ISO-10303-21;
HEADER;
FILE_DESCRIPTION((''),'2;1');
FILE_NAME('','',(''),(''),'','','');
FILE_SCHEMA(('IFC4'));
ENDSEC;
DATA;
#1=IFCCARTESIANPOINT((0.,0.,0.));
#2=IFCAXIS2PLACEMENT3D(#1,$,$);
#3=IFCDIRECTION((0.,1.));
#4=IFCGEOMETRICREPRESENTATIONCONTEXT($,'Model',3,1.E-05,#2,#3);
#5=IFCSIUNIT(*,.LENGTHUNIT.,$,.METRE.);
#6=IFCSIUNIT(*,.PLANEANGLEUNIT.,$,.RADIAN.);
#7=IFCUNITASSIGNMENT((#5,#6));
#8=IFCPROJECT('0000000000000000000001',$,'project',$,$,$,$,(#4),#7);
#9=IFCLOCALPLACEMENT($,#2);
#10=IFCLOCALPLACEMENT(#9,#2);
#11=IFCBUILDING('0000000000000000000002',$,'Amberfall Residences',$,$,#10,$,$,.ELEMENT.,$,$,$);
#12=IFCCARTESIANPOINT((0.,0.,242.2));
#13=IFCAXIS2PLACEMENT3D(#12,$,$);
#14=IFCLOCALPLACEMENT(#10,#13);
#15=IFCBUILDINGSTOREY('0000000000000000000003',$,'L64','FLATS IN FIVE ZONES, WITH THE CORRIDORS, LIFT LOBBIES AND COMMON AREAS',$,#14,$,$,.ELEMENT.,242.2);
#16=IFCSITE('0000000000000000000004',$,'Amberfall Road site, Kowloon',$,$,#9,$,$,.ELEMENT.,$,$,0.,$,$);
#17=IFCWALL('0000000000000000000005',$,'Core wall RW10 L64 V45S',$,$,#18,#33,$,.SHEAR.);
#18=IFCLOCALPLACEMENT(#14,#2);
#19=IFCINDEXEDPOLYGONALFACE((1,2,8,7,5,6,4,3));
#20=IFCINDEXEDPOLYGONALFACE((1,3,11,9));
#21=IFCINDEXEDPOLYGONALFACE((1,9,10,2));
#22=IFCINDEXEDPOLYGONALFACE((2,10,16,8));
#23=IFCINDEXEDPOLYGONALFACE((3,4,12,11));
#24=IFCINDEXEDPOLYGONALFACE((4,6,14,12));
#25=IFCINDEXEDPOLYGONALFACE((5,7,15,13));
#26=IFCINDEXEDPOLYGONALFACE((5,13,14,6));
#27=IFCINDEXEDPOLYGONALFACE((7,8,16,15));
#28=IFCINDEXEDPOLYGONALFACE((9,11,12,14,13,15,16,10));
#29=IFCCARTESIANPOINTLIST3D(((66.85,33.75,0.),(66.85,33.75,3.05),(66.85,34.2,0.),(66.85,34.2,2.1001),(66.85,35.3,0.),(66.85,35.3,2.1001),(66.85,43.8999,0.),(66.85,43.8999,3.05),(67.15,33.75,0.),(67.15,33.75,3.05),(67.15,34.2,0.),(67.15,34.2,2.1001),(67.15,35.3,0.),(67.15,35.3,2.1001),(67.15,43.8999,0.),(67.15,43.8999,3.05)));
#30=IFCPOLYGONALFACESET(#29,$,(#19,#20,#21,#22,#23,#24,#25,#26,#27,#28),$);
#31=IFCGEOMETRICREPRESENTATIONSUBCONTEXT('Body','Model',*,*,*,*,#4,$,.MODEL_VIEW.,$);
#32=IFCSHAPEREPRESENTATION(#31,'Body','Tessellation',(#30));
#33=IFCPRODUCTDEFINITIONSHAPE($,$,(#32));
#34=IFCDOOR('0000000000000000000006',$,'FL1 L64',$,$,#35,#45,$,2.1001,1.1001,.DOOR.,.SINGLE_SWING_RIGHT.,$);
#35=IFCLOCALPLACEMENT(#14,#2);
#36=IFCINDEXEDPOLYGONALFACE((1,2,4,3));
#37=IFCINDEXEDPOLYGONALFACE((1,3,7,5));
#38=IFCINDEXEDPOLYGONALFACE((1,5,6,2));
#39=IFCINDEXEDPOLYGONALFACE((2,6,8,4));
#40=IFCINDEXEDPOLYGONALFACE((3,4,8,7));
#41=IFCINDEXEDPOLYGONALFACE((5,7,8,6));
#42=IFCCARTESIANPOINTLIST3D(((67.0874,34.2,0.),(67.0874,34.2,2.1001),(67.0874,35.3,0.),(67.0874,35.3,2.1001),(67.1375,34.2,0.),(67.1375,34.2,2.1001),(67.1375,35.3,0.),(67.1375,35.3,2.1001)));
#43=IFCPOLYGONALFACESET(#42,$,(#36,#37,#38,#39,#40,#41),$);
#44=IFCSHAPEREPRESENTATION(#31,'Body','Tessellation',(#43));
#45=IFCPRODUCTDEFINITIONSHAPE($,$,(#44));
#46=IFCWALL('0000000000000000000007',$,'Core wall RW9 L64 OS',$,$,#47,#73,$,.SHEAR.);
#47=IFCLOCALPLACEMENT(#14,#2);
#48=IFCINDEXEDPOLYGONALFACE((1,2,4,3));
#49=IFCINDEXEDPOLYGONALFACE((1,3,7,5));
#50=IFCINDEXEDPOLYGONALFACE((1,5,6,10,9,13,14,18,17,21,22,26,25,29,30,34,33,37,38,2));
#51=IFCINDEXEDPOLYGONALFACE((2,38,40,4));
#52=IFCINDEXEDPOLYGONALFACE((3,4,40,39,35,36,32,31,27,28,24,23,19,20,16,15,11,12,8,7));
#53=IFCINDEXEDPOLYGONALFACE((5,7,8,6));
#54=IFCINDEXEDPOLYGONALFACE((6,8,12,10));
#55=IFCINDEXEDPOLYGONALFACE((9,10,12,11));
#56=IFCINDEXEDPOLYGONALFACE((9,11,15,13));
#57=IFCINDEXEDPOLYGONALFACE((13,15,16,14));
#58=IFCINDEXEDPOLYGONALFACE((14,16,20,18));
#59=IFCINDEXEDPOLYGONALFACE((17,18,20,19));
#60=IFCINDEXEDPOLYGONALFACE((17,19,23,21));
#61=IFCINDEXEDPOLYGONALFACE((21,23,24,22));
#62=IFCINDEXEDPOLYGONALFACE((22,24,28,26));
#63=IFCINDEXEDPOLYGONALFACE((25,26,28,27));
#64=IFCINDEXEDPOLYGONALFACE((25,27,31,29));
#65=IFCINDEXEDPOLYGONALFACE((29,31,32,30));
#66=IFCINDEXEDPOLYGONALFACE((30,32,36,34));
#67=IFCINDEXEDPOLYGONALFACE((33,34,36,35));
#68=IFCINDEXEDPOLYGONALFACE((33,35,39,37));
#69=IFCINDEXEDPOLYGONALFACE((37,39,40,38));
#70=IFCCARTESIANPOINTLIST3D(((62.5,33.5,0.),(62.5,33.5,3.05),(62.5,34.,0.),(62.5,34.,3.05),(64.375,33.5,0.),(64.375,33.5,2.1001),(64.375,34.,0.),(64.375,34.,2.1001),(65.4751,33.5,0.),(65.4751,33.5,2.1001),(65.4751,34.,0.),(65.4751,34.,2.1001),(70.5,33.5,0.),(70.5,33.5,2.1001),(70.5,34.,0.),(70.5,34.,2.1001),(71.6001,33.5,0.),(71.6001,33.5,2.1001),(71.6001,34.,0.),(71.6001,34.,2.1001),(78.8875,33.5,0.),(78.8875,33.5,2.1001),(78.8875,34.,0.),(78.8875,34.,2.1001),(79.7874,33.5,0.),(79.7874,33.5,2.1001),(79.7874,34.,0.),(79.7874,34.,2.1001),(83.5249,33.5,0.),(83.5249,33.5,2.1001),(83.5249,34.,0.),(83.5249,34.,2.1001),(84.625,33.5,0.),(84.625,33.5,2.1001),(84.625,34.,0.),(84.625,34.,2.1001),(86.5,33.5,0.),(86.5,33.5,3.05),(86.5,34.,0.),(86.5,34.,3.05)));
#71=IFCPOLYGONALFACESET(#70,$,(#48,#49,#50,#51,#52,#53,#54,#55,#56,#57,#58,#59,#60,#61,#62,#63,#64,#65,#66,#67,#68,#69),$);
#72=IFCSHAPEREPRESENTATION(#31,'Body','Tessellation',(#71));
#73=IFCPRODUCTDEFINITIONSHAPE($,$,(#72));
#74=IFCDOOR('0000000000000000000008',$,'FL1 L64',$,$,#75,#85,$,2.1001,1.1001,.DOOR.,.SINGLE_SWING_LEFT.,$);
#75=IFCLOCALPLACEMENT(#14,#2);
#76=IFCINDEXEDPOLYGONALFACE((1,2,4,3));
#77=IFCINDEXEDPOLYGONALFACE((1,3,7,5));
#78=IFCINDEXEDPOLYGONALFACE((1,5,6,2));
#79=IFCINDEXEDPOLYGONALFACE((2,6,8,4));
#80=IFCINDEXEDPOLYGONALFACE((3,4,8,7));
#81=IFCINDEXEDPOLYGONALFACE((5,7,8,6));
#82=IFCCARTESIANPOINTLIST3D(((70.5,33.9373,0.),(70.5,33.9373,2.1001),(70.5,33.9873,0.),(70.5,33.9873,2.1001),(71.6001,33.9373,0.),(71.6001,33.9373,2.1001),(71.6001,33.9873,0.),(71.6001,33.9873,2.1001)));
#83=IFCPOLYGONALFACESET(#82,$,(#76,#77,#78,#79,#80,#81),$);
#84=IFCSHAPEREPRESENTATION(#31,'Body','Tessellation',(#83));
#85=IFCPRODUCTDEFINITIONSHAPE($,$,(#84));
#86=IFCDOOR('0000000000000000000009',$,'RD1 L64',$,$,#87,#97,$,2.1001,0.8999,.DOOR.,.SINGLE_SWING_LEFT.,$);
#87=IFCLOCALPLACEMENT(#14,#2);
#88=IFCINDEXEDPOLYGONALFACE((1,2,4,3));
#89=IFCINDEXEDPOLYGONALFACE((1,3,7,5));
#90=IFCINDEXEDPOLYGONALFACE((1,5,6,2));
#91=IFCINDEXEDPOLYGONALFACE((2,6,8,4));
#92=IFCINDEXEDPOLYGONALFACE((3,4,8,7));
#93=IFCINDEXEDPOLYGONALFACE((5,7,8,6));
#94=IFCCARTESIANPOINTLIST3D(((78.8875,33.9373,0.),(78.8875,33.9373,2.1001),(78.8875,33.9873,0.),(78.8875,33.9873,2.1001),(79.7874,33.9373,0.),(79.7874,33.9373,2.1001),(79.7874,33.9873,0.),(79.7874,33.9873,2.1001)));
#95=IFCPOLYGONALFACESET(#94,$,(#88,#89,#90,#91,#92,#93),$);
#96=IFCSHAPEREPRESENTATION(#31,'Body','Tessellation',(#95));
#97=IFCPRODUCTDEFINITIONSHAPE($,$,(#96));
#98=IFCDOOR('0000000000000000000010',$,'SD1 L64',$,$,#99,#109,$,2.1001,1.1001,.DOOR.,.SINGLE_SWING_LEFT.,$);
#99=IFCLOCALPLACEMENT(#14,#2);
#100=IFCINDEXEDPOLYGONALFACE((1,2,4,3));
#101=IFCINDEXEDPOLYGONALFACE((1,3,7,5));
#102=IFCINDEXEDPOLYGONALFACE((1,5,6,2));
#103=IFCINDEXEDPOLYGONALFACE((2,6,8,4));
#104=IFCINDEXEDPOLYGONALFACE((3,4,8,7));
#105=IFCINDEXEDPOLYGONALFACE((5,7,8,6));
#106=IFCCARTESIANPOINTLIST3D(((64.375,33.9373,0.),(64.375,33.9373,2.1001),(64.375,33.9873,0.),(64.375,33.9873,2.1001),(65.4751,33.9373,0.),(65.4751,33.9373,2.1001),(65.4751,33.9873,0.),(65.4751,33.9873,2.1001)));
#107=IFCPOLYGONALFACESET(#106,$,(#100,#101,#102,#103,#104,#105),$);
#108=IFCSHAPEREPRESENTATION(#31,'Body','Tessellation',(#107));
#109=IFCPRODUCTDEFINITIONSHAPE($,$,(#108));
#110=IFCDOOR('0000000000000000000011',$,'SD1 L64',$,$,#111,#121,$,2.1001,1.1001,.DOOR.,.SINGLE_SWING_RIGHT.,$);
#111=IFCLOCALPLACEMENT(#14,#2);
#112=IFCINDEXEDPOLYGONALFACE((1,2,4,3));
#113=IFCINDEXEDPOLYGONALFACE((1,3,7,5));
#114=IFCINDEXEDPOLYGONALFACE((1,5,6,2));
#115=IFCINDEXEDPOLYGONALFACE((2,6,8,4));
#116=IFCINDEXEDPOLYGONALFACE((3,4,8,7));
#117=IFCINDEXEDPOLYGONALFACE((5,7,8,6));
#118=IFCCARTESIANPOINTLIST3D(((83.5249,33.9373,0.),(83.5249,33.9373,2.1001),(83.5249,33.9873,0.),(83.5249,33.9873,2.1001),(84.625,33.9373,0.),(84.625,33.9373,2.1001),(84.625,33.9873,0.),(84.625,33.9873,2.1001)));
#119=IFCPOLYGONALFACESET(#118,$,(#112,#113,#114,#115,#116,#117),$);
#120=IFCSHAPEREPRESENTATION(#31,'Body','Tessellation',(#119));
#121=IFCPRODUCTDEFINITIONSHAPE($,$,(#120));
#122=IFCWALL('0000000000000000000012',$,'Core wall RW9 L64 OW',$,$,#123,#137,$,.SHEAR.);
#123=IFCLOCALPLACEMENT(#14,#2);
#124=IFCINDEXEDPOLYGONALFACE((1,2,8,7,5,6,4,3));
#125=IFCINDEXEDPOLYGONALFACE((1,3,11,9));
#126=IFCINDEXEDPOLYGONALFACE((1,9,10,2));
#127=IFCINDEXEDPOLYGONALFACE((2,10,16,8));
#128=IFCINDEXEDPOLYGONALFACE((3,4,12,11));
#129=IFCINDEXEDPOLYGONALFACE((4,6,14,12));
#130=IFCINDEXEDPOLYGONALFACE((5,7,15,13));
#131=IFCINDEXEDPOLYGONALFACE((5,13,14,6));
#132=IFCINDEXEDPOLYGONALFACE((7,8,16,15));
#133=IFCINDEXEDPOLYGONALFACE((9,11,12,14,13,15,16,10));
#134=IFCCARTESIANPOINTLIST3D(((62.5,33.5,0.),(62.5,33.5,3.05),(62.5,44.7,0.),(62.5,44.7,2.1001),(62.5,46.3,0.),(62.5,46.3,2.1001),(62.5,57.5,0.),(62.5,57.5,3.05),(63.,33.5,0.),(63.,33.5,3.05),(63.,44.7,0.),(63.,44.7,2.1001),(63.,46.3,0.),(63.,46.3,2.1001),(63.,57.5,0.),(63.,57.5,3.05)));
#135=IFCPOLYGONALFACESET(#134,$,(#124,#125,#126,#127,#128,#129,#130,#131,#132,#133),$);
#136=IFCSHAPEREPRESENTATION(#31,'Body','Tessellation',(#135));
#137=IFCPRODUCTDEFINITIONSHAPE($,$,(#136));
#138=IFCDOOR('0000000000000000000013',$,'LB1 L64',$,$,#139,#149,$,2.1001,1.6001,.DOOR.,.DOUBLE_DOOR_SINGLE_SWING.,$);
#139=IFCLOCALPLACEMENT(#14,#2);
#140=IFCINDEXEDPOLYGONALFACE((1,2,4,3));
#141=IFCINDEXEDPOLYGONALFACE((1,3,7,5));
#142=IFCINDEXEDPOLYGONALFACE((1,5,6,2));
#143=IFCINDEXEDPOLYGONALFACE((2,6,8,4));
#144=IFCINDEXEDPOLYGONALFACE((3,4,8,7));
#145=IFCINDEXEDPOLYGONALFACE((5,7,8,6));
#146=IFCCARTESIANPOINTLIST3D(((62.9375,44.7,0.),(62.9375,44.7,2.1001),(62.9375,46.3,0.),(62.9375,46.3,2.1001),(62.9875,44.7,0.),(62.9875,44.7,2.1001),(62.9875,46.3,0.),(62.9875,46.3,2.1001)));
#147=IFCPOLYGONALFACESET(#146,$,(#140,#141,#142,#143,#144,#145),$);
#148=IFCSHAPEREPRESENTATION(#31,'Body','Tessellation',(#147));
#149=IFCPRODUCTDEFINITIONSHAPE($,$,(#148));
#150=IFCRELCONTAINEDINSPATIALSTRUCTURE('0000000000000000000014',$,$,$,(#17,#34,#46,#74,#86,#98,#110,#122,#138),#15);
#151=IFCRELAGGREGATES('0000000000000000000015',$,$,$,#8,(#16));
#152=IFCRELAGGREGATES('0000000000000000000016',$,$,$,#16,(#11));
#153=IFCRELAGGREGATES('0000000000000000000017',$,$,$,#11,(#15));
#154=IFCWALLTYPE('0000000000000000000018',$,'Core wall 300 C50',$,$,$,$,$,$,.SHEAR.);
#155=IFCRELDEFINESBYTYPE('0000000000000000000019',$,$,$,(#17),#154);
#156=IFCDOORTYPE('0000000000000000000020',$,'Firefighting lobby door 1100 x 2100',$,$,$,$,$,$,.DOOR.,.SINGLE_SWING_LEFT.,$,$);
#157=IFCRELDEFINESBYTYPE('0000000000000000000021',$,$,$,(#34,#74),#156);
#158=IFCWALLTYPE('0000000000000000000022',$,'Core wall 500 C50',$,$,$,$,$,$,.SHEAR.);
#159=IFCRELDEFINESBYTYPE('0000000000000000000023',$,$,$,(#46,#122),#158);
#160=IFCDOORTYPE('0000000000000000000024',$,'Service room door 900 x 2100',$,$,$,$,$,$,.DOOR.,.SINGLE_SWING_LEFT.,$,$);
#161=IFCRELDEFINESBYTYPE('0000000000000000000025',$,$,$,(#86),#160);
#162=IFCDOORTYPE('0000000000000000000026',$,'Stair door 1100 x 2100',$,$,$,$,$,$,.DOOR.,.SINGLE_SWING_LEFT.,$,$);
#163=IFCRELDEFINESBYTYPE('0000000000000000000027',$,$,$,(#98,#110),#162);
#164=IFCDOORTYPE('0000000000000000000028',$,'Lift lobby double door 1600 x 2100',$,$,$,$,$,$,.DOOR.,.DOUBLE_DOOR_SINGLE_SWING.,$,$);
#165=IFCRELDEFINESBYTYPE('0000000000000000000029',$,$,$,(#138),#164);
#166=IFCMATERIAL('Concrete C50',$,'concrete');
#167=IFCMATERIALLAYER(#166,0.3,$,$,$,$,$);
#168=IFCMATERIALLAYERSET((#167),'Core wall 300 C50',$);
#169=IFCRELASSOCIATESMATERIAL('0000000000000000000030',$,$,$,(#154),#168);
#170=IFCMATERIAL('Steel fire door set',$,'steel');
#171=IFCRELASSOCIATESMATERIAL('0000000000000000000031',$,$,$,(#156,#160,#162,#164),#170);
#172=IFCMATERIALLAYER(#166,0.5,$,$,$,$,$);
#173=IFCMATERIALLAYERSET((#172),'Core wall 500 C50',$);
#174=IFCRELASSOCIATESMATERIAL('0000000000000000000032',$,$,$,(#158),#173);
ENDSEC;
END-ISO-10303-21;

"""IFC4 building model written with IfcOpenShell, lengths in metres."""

from ifc_helpers import new_model, si_unit, direction, frame, frame_2d, origin, place, context, subcontext, project, spatial, rectangle, extrude, material, layer, layer_set, type_object, element, fill, save


model = new_model("IFC4")

# Units and contexts
model_context = context("Model", 3, precision=1e-05, world=origin(), true_north=direction((0.0, 1.0)))
body_context = subcontext(model_context, "Body", "Model", "MODEL_VIEW")
ifc_project = project(units=[si_unit("LENGTHUNIT", "METRE"), si_unit("PLANEANGLEUNIT", "RADIAN")], contexts=[model_context])

# Site, building, storey
site_placement = place(None, origin())
site = spatial("IfcSite", under=ifc_project, at=site_placement, Name="Amberfall Road site, Kowloon", CompositionType="ELEMENT", RefElevation=0.0)
building_placement = place(site_placement, origin())
building = spatial("IfcBuilding", under=site, at=building_placement, Name="Amberfall Residences", CompositionType="ELEMENT")
storey_placement = place(building_placement, frame((0.0, 0.0, 242.2)))
storey = spatial("IfcBuildingStorey", under=building, at=storey_placement, Name="L64", Description="FLATS IN FIVE ZONES, WITH THE CORRIDORS, LIFT LOBBIES AND COMMON AREAS", CompositionType="ELEMENT", Elevation=242.2)

# Wall, opening, door
ifc_material_1 = material(Name="Concrete C50", Category="concrete")
ifc_layer_1 = layer(ifc_material_1, 0.3)
ifc_layer_set_1 = layer_set([ifc_layer_1], Name="Core wall 300 C50")
wall_type_1 = type_object("IfcWallType", Name="Core wall 300 C50", PredefinedType="SHEAR", material=ifc_layer_set_1)
wall_1_placement = place(storey_placement, frame((67.0, 33.75, 0.0), z_axis=(0.0, 0.0, 1.0), x_axis=(0.0, 1.0, 0.0)))
wall_1 = element("IfcWall", 1, at=wall_1_placement, inside=storey, type_object=wall_type_1, Name="Core wall RW10 L64 V45S", PredefinedType="SHEAR", context=body_context, shape_type="SweptSolid", body=[
    extrude(rectangle(XDim=10.1499, YDim=0.3, at=frame_2d((5.075, 0.0))), origin(), (0.0, 0.0, 1.0), 3.05),
])
opening_1_placement = place(wall_1_placement, frame((0.45, 0.0, 0.0)))
opening_1 = element("IfcOpeningElement", 2, at=opening_1_placement, cuts=wall_1, PredefinedType="OPENING", context=body_context, shape_type="SweptSolid", body=[
    extrude(rectangle(XDim=1.1001, YDim=2.1001, at=frame_2d((0.55, 1.05))), frame((0.0, 0.1599, 0.0), z_axis=(0.0, -1.0, 0.0), x_axis=(1.0, 0.0, 0.0)), (0.0, 0.0, 1.0), 0.3201),
])
ifc_material_2 = material(Name="Steel fire door set", Category="steel")
door_type_1 = type_object("IfcDoorType", Name="Firefighting lobby door 1100 x 2100", OperationType="SINGLE_SWING_LEFT", PredefinedType="DOOR", material=ifc_material_2)
door_1_placement = place(opening_1_placement, origin())
door_1 = element("IfcDoor", 3, at=door_1_placement, inside=storey, type_object=door_type_1, Name="FL1 L64", OperationType="SINGLE_SWING_RIGHT", OverallHeight=2.1001, OverallWidth=1.1001, PredefinedType="DOOR", context=body_context, shape_type="SweptSolid", body=[
    extrude(rectangle(XDim=1.1001, YDim=2.1001, at=frame_2d((0.55, 1.05))), frame((0.0, -0.0874, 0.0), z_axis=(0.0, -1.0, 0.0), x_axis=(1.0, 0.0, 0.0)), (0.0, 0.0, 1.0), 0.05),
])
fill(opening_1, door_1)

# Wall, openings, doors
ifc_layer_2 = layer(ifc_material_1, 0.5)
ifc_layer_set_2 = layer_set([ifc_layer_2], Name="Core wall 500 C50")
wall_type_2 = type_object("IfcWallType", Name="Core wall 500 C50", PredefinedType="SHEAR", material=ifc_layer_set_2)
wall_2_placement = place(storey_placement, frame((62.5, 33.75, 0.0), z_axis=(0.0, 0.0, 1.0), x_axis=(1.0, 0.0, 0.0)))
wall_2 = element("IfcWall", 4, at=wall_2_placement, inside=storey, type_object=wall_type_2, Name="Core wall RW9 L64 OS", PredefinedType="SHEAR", context=body_context, shape_type="SweptSolid", body=[
    extrude(rectangle(XDim=24.0, YDim=0.5, at=frame_2d((12.0, 0.0))), origin(), (0.0, 0.0, 1.0), 3.05),
])
opening_2_placement = place(wall_2_placement, frame((1.875, 0.0, 0.0)))
opening_2 = element("IfcOpeningElement", 5, at=opening_2_placement, cuts=wall_2, PredefinedType="OPENING", context=body_context, shape_type="SweptSolid", body=[
    extrude(rectangle(XDim=1.1001, YDim=2.1001, at=frame_2d((0.55, 1.05))), frame((0.0, 0.26, 0.0), z_axis=(0.0, -1.0, 0.0), x_axis=(1.0, 0.0, 0.0)), (0.0, 0.0, 1.0), 0.52),
])
opening_3_placement = place(wall_2_placement, frame((21.0249, 0.0, 0.0)))
opening_3 = element("IfcOpeningElement", 6, at=opening_3_placement, cuts=wall_2, PredefinedType="OPENING", context=body_context, shape_type="SweptSolid", body=[
    extrude(rectangle(XDim=1.1001, YDim=2.1001, at=frame_2d((0.55, 1.05))), frame((0.0, 0.26, 0.0), z_axis=(0.0, -1.0, 0.0), x_axis=(1.0, 0.0, 0.0)), (0.0, 0.0, 1.0), 0.52),
])
opening_4_placement = place(wall_2_placement, frame((8.0, 0.0, 0.0)))
opening_4 = element("IfcOpeningElement", 7, at=opening_4_placement, cuts=wall_2, PredefinedType="OPENING", context=body_context, shape_type="SweptSolid", body=[
    extrude(rectangle(XDim=1.1001, YDim=2.1001, at=frame_2d((0.55, 1.05))), frame((0.0, 0.26, 0.0), z_axis=(0.0, -1.0, 0.0), x_axis=(1.0, 0.0, 0.0)), (0.0, 0.0, 1.0), 0.52),
])
opening_5_placement = place(wall_2_placement, frame((16.3875, 0.0, 0.0)))
opening_5 = element("IfcOpeningElement", 8, at=opening_5_placement, cuts=wall_2, PredefinedType="OPENING", context=body_context, shape_type="SweptSolid", body=[
    extrude(rectangle(XDim=0.8999, YDim=2.1001, at=frame_2d((0.45, 1.05))), frame((0.0, 0.26, 0.0), z_axis=(0.0, -1.0, 0.0), x_axis=(1.0, 0.0, 0.0)), (0.0, 0.0, 1.0), 0.52),
])
door_2_placement = place(opening_4_placement, origin())
door_2 = element("IfcDoor", 9, at=door_2_placement, inside=storey, type_object=door_type_1, Name="FL1 L64", OperationType="SINGLE_SWING_LEFT", OverallHeight=2.1001, OverallWidth=1.1001, PredefinedType="DOOR", context=body_context, shape_type="SweptSolid", body=[
    extrude(rectangle(XDim=1.1001, YDim=2.1001, at=frame_2d((0.55, 1.05))), frame((0.0, 0.2373, 0.0), z_axis=(0.0, -1.0, 0.0), x_axis=(1.0, 0.0, 0.0)), (0.0, 0.0, 1.0), 0.05),
])
fill(opening_4, door_2)
door_type_2 = type_object("IfcDoorType", Name="Service room door 900 x 2100", OperationType="SINGLE_SWING_LEFT", PredefinedType="DOOR", material=ifc_material_2)
door_3_placement = place(opening_5_placement, origin())
door_3 = element("IfcDoor", 10, at=door_3_placement, inside=storey, type_object=door_type_2, Name="RD1 L64", OperationType="SINGLE_SWING_LEFT", OverallHeight=2.1001, OverallWidth=0.8999, PredefinedType="DOOR", context=body_context, shape_type="SweptSolid", body=[
    extrude(rectangle(XDim=0.8999, YDim=2.1001, at=frame_2d((0.45, 1.05))), frame((0.0, 0.2373, 0.0), z_axis=(0.0, -1.0, 0.0), x_axis=(1.0, 0.0, 0.0)), (0.0, 0.0, 1.0), 0.05),
])
fill(opening_5, door_3)
door_type_3 = type_object("IfcDoorType", Name="Stair door 1100 x 2100", OperationType="SINGLE_SWING_LEFT", PredefinedType="DOOR", material=ifc_material_2)
door_4_placement = place(opening_2_placement, origin())
door_4 = element("IfcDoor", 11, at=door_4_placement, inside=storey, type_object=door_type_3, Name="SD1 L64", OperationType="SINGLE_SWING_LEFT", OverallHeight=2.1001, OverallWidth=1.1001, PredefinedType="DOOR", context=body_context, shape_type="SweptSolid", body=[
    extrude(rectangle(XDim=1.1001, YDim=2.1001, at=frame_2d((0.55, 1.05))), frame((0.0, 0.2373, 0.0), z_axis=(0.0, -1.0, 0.0), x_axis=(1.0, 0.0, 0.0)), (0.0, 0.0, 1.0), 0.05),
])
fill(opening_2, door_4)
door_5_placement = place(opening_3_placement, origin())
door_5 = element("IfcDoor", 12, at=door_5_placement, inside=storey, type_object=door_type_3, Name="SD1 L64", OperationType="SINGLE_SWING_RIGHT", OverallHeight=2.1001, OverallWidth=1.1001, PredefinedType="DOOR", context=body_context, shape_type="SweptSolid", body=[
    extrude(rectangle(XDim=1.1001, YDim=2.1001, at=frame_2d((0.55, 1.05))), frame((0.0, 0.2373, 0.0), z_axis=(0.0, -1.0, 0.0), x_axis=(1.0, 0.0, 0.0)), (0.0, 0.0, 1.0), 0.05),
])
fill(opening_3, door_5)

# Wall, opening, door
wall_3_placement = place(storey_placement, frame((62.75, 33.5, 0.0), z_axis=(0.0, 0.0, 1.0), x_axis=(0.0, 1.0, 0.0)))
wall_3 = element("IfcWall", 13, at=wall_3_placement, inside=storey, type_object=wall_type_2, Name="Core wall RW9 L64 OW", PredefinedType="SHEAR", context=body_context, shape_type="SweptSolid", body=[
    extrude(rectangle(XDim=24.0, YDim=0.5, at=frame_2d((12.0, 0.0))), origin(), (0.0, 0.0, 1.0), 3.05),
])
opening_6_placement = place(wall_3_placement, frame((11.2, 0.0, 0.0)))
opening_6 = element("IfcOpeningElement", 14, at=opening_6_placement, cuts=wall_3, PredefinedType="OPENING", context=body_context, shape_type="SweptSolid", body=[
    extrude(rectangle(XDim=1.6001, YDim=2.1001, at=frame_2d((0.8, 1.05))), frame((0.0, 0.26, 0.0), z_axis=(0.0, -1.0, 0.0), x_axis=(1.0, 0.0, 0.0)), (0.0, 0.0, 1.0), 0.52),
])
door_type_4 = type_object("IfcDoorType", Name="Lift lobby double door 1600 x 2100", OperationType="DOUBLE_DOOR_SINGLE_SWING", PredefinedType="DOOR", material=ifc_material_2)
door_6_placement = place(opening_6_placement, origin())
door_6 = element("IfcDoor", 15, at=door_6_placement, inside=storey, type_object=door_type_4, Name="LB1 L64", OperationType="DOUBLE_DOOR_SINGLE_SWING", OverallHeight=2.1001, OverallWidth=1.6001, PredefinedType="DOOR", context=body_context, shape_type="SweptSolid", body=[
    extrude(rectangle(XDim=1.6001, YDim=2.1001, at=frame_2d((0.8, 1.05))), frame((0.0, -0.1875, 0.0), z_axis=(0.0, -1.0, 0.0), x_axis=(1.0, 0.0, 0.0)), (0.0, 0.0, 1.0), 0.05),
])
fill(opening_6, door_6)

save(model, "model.ifc")
